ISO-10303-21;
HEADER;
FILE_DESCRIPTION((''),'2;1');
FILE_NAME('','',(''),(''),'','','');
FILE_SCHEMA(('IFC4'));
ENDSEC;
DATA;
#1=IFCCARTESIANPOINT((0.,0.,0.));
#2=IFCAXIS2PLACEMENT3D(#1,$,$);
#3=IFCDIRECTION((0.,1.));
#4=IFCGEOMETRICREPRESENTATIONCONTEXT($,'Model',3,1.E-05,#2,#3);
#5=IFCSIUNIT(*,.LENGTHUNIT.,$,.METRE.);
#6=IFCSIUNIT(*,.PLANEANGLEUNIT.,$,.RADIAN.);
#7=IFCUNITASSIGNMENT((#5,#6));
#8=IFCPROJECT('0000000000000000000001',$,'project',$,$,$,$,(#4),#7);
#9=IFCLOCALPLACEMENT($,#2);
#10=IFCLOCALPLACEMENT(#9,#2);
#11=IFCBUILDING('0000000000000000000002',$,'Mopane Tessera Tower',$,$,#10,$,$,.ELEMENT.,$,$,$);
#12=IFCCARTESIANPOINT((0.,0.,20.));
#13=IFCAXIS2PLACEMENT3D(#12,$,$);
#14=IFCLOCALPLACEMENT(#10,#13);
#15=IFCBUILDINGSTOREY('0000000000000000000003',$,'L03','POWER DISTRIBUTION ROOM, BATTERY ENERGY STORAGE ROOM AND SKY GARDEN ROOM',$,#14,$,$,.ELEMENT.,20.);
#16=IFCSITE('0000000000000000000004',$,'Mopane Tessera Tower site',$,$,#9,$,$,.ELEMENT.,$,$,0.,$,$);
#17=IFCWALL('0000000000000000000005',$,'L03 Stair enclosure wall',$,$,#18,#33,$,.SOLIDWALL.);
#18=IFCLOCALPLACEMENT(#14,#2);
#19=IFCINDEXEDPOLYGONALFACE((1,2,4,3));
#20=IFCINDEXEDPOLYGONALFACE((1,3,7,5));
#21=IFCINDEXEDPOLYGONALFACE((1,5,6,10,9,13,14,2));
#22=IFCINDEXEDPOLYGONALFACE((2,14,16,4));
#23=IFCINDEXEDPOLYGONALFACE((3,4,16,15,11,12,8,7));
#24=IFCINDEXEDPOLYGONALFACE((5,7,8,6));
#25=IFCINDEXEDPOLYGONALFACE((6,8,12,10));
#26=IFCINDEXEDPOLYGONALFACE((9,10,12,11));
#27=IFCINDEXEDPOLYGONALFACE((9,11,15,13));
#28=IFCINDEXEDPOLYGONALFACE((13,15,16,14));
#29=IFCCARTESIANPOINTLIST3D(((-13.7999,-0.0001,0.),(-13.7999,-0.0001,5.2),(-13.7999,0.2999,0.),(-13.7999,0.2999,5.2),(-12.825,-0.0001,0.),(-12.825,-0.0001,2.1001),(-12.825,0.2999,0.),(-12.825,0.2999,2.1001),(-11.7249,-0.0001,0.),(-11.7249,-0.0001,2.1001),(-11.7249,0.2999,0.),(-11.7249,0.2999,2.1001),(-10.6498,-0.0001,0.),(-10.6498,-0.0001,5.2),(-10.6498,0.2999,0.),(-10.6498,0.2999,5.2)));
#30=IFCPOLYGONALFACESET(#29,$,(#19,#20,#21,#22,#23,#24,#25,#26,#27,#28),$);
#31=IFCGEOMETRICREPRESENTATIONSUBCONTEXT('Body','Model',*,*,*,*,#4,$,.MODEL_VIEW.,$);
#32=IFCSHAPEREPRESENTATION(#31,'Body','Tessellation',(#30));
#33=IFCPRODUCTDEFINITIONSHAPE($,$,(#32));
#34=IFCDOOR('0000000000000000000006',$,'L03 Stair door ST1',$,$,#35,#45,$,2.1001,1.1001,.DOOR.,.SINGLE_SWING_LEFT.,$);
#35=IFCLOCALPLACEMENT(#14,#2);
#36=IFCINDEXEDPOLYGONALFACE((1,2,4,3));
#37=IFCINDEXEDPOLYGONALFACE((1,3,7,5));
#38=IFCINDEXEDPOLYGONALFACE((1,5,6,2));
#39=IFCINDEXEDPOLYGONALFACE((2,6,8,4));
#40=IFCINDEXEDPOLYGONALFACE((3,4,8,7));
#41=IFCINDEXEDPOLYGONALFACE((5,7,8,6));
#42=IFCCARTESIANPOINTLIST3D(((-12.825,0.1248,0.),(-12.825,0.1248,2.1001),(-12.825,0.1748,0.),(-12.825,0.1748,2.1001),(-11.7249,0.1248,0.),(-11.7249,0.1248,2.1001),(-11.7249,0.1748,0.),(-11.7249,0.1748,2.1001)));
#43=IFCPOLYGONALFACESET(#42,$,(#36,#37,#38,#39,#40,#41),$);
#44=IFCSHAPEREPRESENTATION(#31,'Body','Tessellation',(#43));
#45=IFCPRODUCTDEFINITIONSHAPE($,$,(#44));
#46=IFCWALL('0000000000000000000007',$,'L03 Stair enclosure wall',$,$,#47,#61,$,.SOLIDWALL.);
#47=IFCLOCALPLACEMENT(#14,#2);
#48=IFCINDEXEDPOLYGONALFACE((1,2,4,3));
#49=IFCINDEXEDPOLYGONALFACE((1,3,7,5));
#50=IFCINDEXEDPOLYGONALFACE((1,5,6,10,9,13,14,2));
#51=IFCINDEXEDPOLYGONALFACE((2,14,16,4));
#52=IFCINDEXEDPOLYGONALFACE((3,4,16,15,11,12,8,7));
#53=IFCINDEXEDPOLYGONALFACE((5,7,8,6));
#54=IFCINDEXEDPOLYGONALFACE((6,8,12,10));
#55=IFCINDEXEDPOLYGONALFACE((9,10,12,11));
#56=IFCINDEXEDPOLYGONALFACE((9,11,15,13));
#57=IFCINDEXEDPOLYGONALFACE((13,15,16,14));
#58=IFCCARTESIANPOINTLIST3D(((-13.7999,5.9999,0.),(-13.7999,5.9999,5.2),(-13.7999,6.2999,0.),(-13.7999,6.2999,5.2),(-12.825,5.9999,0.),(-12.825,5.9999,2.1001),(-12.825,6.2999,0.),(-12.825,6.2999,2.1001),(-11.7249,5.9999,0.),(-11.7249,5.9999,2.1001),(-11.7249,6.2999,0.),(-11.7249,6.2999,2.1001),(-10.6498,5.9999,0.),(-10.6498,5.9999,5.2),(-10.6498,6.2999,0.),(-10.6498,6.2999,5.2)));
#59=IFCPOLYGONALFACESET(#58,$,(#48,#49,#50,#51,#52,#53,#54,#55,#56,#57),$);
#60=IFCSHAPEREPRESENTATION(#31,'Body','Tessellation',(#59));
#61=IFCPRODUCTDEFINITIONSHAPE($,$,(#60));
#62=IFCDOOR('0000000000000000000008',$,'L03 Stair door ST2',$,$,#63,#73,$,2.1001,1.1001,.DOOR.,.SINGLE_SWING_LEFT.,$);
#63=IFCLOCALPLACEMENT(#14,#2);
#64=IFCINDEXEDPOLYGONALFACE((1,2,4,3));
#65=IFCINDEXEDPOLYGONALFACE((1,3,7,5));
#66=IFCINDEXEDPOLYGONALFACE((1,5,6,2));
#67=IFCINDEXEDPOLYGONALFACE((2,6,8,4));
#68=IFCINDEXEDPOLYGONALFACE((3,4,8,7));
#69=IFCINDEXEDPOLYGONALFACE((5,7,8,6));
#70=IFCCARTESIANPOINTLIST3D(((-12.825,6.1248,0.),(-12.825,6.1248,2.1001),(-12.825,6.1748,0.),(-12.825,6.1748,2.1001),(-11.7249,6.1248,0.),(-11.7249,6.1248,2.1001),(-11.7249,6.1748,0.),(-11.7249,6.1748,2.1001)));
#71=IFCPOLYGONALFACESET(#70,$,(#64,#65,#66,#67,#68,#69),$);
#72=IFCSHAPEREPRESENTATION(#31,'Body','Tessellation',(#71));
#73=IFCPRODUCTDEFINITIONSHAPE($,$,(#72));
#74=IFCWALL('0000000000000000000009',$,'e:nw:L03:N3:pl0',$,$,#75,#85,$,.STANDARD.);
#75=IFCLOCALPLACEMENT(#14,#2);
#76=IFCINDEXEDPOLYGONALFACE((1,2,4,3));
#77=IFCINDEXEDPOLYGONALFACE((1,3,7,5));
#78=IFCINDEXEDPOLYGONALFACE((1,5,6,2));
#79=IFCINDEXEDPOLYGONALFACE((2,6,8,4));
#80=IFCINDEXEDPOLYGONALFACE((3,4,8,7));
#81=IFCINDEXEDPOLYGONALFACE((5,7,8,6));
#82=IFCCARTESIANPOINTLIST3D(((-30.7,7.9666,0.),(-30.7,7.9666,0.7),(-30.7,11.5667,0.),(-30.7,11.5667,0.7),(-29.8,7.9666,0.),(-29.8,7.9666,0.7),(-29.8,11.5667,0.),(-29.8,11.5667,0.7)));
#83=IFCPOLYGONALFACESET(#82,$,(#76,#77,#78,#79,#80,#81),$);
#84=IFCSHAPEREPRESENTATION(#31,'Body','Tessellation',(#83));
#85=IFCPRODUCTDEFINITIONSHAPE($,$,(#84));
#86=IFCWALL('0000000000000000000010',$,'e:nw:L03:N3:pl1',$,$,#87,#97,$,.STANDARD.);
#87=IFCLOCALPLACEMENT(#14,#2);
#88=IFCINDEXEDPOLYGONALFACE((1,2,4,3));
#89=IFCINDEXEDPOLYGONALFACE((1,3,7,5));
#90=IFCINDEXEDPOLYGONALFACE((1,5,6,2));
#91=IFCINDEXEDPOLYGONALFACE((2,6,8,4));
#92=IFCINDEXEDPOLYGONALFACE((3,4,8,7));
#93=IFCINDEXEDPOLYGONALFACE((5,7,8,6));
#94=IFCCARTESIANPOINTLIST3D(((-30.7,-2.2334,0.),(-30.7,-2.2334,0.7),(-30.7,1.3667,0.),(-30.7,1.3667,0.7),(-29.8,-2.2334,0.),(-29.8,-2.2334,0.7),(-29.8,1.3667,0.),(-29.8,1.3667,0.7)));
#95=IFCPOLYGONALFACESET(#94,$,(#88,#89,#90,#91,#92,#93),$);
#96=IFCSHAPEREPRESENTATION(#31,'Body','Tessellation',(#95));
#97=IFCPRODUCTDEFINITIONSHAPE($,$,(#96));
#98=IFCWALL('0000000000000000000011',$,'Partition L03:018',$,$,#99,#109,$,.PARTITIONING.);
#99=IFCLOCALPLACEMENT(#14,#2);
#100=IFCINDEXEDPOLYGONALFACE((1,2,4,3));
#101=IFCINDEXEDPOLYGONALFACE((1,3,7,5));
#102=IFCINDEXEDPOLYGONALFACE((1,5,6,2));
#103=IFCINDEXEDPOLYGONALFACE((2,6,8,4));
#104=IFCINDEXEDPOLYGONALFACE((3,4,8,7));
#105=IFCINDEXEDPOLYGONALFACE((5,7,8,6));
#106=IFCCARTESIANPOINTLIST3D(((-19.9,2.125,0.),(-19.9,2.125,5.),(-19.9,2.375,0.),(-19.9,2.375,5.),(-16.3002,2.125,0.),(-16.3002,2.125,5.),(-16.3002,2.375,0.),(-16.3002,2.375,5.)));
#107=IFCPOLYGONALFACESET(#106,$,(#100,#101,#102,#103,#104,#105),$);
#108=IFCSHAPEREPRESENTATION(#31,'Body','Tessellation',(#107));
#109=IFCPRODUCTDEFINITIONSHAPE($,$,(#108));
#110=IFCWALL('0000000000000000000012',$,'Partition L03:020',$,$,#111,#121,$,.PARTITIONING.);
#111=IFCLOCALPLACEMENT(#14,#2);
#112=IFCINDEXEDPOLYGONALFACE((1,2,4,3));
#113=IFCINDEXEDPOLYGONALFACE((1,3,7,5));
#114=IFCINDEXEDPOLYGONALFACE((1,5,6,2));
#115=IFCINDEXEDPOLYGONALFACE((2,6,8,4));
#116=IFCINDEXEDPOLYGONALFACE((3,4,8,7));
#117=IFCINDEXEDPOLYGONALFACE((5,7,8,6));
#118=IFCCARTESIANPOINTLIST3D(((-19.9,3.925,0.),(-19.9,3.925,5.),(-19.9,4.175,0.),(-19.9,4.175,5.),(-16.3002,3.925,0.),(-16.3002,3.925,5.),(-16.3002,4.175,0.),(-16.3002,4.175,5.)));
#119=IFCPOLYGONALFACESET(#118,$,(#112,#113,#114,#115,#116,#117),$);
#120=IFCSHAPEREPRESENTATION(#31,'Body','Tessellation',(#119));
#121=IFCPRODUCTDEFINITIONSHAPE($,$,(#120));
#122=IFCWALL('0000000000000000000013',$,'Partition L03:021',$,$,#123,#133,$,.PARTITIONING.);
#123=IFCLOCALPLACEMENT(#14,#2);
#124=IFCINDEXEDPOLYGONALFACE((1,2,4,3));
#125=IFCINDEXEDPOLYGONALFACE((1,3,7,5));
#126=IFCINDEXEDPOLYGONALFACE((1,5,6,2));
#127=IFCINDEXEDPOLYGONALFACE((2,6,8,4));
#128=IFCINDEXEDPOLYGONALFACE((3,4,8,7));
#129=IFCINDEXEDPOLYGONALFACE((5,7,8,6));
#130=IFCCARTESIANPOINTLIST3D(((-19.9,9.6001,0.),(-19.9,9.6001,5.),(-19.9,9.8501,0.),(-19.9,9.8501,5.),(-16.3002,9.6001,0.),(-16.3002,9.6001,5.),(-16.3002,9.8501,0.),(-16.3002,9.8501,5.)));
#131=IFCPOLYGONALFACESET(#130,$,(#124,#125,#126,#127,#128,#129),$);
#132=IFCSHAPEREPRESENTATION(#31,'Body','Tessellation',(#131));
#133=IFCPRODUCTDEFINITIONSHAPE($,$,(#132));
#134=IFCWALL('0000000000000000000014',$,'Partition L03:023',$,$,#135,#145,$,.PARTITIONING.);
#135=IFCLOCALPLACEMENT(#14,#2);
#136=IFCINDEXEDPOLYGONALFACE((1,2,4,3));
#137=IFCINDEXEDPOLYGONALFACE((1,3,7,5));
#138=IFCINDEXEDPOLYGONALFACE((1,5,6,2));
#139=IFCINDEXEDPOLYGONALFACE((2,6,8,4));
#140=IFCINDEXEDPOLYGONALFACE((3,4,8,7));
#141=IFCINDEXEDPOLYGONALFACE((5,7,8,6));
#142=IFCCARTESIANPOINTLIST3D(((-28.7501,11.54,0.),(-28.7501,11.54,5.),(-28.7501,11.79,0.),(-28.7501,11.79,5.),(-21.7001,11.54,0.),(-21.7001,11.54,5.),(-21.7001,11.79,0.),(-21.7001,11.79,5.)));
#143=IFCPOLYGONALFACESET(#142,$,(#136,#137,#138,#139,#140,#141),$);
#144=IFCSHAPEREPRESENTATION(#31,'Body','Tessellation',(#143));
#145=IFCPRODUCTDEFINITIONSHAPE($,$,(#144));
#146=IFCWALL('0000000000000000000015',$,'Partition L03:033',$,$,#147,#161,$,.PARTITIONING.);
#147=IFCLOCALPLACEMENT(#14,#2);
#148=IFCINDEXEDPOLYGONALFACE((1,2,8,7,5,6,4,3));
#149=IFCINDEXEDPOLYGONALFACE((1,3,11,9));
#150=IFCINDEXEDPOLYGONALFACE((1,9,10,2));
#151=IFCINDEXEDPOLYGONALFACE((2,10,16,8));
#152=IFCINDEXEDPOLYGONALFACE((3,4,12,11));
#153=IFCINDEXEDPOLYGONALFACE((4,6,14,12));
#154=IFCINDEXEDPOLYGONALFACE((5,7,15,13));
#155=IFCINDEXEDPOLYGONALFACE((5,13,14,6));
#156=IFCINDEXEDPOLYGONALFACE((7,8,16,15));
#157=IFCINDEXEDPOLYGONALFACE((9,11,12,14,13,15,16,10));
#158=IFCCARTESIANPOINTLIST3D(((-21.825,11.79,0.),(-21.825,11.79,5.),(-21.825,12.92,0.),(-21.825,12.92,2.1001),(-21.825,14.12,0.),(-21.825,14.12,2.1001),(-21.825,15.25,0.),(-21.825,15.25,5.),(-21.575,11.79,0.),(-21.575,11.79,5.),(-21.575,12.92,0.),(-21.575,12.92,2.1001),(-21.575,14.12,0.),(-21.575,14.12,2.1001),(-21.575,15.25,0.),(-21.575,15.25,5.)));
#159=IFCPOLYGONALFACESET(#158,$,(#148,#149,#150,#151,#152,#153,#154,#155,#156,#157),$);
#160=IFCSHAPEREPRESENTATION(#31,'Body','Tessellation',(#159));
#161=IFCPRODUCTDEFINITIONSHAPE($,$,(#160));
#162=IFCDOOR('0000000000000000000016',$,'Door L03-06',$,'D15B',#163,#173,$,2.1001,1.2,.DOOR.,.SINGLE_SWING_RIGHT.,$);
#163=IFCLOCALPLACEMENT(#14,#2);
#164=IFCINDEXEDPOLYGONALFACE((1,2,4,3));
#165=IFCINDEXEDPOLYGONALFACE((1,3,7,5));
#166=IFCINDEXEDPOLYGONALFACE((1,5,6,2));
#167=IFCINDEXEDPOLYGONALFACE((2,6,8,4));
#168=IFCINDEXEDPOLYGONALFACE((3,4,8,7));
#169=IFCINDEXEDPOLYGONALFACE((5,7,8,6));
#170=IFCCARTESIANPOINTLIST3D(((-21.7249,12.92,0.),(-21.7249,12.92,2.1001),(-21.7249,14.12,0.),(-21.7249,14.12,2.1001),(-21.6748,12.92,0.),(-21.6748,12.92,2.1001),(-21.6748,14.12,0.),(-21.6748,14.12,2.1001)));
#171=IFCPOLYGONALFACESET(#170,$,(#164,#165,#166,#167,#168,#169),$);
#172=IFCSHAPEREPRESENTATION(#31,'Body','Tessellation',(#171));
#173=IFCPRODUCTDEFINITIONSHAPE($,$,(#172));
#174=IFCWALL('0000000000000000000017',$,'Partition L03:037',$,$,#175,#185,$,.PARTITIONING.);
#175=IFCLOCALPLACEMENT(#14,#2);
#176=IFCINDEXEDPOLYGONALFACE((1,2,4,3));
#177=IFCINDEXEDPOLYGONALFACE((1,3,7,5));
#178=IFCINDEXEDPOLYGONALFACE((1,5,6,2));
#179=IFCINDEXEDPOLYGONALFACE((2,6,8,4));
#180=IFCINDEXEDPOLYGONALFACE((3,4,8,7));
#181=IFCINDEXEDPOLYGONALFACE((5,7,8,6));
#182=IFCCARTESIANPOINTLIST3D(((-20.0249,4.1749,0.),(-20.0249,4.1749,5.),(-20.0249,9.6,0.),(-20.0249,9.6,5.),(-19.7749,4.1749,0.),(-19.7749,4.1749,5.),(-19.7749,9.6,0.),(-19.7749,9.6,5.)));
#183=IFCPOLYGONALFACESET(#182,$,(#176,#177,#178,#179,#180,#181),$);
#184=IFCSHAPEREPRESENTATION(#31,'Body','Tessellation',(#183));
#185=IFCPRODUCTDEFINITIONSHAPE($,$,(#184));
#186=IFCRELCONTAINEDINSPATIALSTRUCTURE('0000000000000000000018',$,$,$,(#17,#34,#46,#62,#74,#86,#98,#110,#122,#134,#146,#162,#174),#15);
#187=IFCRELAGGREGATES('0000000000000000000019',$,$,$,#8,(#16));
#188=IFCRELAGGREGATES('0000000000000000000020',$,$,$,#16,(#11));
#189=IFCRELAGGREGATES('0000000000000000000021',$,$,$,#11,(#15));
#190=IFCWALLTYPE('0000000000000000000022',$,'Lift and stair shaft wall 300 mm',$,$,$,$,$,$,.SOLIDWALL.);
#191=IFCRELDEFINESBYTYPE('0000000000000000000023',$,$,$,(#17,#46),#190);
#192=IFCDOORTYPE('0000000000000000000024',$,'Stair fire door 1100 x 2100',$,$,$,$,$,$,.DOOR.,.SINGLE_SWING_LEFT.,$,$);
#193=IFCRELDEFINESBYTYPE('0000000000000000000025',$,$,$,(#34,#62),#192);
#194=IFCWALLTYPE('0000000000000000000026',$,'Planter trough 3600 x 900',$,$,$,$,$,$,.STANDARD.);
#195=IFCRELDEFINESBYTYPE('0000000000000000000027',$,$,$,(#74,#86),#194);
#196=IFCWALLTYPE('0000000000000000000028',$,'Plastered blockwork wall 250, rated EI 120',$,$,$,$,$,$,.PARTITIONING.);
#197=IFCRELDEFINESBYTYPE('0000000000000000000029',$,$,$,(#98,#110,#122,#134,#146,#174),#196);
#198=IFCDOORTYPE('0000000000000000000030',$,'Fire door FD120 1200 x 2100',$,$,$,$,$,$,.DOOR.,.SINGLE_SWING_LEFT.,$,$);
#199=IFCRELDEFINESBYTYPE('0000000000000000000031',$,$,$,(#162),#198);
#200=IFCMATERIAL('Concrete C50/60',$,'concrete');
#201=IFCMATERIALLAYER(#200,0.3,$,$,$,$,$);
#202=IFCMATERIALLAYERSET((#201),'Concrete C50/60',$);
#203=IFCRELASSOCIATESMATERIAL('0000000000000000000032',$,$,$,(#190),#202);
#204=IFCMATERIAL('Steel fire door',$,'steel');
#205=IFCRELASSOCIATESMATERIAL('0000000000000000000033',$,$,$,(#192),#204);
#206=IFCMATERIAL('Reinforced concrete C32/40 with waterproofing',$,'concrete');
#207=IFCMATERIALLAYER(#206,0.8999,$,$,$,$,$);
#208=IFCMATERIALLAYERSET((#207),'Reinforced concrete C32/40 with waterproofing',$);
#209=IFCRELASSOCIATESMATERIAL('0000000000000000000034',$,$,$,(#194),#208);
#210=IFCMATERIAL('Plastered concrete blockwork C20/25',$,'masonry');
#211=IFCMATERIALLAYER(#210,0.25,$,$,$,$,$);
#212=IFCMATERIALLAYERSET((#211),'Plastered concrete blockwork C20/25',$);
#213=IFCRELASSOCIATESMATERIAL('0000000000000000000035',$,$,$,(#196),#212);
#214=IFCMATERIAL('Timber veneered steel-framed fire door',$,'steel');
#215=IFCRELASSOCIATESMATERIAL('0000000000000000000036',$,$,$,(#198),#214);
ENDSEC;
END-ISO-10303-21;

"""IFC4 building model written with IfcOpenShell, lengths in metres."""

from ifc_helpers import new_model, si_unit, direction, frame, frame_2d, origin, place, context, subcontext, project, spatial, rectangle, extrude, material, layer, layer_set, type_object, element, fill, save


model = new_model("IFC4")

# Units and contexts
model_context = context("Model", 3, precision=1e-05, world=origin(), true_north=direction((0.0, 1.0)))
body_context = subcontext(model_context, "Body", "Model", "MODEL_VIEW")
ifc_project = project(units=[si_unit("LENGTHUNIT", "METRE"), si_unit("PLANEANGLEUNIT", "RADIAN")], contexts=[model_context])

# Site, building, storey
site_placement = place(None, origin())
site = spatial("IfcSite", under=ifc_project, at=site_placement, Name="Mopane Tessera Tower site", CompositionType="ELEMENT", RefElevation=0.0)
building_placement = place(site_placement, origin())
building = spatial("IfcBuilding", under=site, at=building_placement, Name="Mopane Tessera Tower", CompositionType="ELEMENT")
storey_placement = place(building_placement, frame((0.0, 0.0, 20.0)))
storey = spatial("IfcBuildingStorey", under=building, at=storey_placement, Name="L03", Description="POWER DISTRIBUTION ROOM, BATTERY ENERGY STORAGE ROOM AND SKY GARDEN ROOM", CompositionType="ELEMENT", Elevation=20.0)

# Walls, openings, doors
ifc_material_1 = material(Name="Concrete C50/60", Category="concrete")
ifc_layer_1 = layer(ifc_material_1, 0.3)
ifc_layer_set_1 = layer_set([ifc_layer_1], Name="Concrete C50/60")
wall_type_1 = type_object("IfcWallType", Name="Lift and stair shaft wall 300 mm", PredefinedType="SOLIDWALL", material=ifc_layer_set_1)
wall_1_placement = place(storey_placement, frame((-13.8, 0.1499, 0.0), z_axis=(0.0, 0.0, 1.0), x_axis=(1.0, 0.0, 0.0)))
wall_1 = element("IfcWall", 1, at=wall_1_placement, inside=storey, type_object=wall_type_1, Name="L03 Stair enclosure wall", PredefinedType="SOLIDWALL", context=body_context, shape_type="SweptSolid", body=[
    extrude(rectangle(XDim=3.1501, YDim=0.3, at=frame_2d((1.5752, 0.0))), origin(), (0.0, 0.0, 1.0), 5.2),
])
opening_1_placement = place(wall_1_placement, frame((0.9751, 0.0, 0.0)))
opening_1 = element("IfcOpeningElement", 2, at=opening_1_placement, cuts=wall_1, PredefinedType="OPENING", context=body_context, shape_type="SweptSolid", body=[
    extrude(rectangle(XDim=1.1001, YDim=2.1001, at=frame_2d((0.55, 1.05))), frame((0.0, 0.1621, 0.0), z_axis=(0.0, -1.0, 0.0), x_axis=(1.0, 0.0, 0.0)), (0.0, 0.0, 1.0), 0.324),
])
ifc_material_2 = material(Name="Steel fire door", Category="steel")
door_type_1 = type_object("IfcDoorType", Name="Stair fire door 1100 x 2100", OperationType="SINGLE_SWING_LEFT", PredefinedType="DOOR", material=ifc_material_2)
door_1_placement = place(opening_1_placement, origin())
door_1 = element("IfcDoor", 3, at=door_1_placement, inside=storey, type_object=door_type_1, Name="L03 Stair door ST1", OperationType="SINGLE_SWING_LEFT", OverallHeight=2.1001, OverallWidth=1.1001, PredefinedType="DOOR", context=body_context, shape_type="SweptSolid", body=[
    extrude(rectangle(XDim=1.1001, YDim=2.1001, at=frame_2d((0.55, 1.05))), frame((0.0, 0.0249, 0.0), z_axis=(0.0, -1.0, 0.0), x_axis=(1.0, 0.0, 0.0)), (0.0, 0.0, 1.0), 0.05),
])
fill(opening_1, door_1)
wall_2_placement = place(storey_placement, frame((-13.8, 6.1499, 0.0), z_axis=(0.0, 0.0, 1.0), x_axis=(1.0, 0.0, 0.0)))
wall_2 = element("IfcWall", 4, at=wall_2_placement, inside=storey, type_object=wall_type_1, Name="L03 Stair enclosure wall", PredefinedType="SOLIDWALL", context=body_context, shape_type="SweptSolid", body=[
    extrude(rectangle(XDim=3.1501, YDim=0.3, at=frame_2d((1.5752, 0.0))), origin(), (0.0, 0.0, 1.0), 5.2),
])
opening_2_placement = place(wall_2_placement, frame((0.9751, 0.0, 0.0)))
opening_2 = element("IfcOpeningElement", 5, at=opening_2_placement, cuts=wall_2, PredefinedType="OPENING", context=body_context, shape_type="SweptSolid", body=[
    extrude(rectangle(XDim=1.1001, YDim=2.1001, at=frame_2d((0.55, 1.05))), frame((0.0, 0.1621, 0.0), z_axis=(0.0, -1.0, 0.0), x_axis=(1.0, 0.0, 0.0)), (0.0, 0.0, 1.0), 0.324),
])
door_2_placement = place(opening_2_placement, origin())
door_2 = element("IfcDoor", 6, at=door_2_placement, inside=storey, type_object=door_type_1, Name="L03 Stair door ST2", OperationType="SINGLE_SWING_LEFT", OverallHeight=2.1001, OverallWidth=1.1001, PredefinedType="DOOR", context=body_context, shape_type="SweptSolid", body=[
    extrude(rectangle(XDim=1.1001, YDim=2.1001, at=frame_2d((0.55, 1.05))), frame((0.0, 0.0249, 0.0), z_axis=(0.0, -1.0, 0.0), x_axis=(1.0, 0.0, 0.0)), (0.0, 0.0, 1.0), 0.05),
])
fill(opening_2, door_2)

# Walls
ifc_material_3 = material(Name="Reinforced concrete C32/40 with waterproofing", Category="concrete")
ifc_layer_2 = layer(ifc_material_3, 0.8999)
ifc_layer_set_2 = layer_set([ifc_layer_2], Name="Reinforced concrete C32/40 with waterproofing")
wall_type_2 = type_object("IfcWallType", Name="Planter trough 3600 x 900", PredefinedType="STANDARD", material=ifc_layer_set_2)
for number, where, z_axis, x_axis, name in (
    (7, (-30.25, 11.5667, 0.0), (0.0, 0.0, 1.0), (0.0, -1.0, 0.0), "e:nw:L03:N3:pl0"),
    (8, (-30.25, 1.3667, 0.0), (0.0, 0.0, 1.0), (0.0, -1.0, 0.0), "e:nw:L03:N3:pl1"),
):
    element("IfcWall", number, at=place(storey_placement, frame(where, z_axis=z_axis, x_axis=x_axis)), inside=storey, type_object=wall_type_2, Name=name, PredefinedType="STANDARD", context=body_context, shape_type="SweptSolid", body=[
        extrude(rectangle(XDim=3.6001, YDim=0.8999, at=frame_2d((1.8, 0.0))), origin(), (0.0, 0.0, 1.0), 0.7),
    ])
ifc_material_4 = material(Name="Plastered concrete blockwork C20/25", Category="masonry")
ifc_layer_3 = layer(ifc_material_4, 0.25)
ifc_layer_set_3 = layer_set([ifc_layer_3], Name="Plastered concrete blockwork C20/25")
wall_type_3 = type_object("IfcWallType", Name="Plastered blockwork wall 250, rated EI 120", PredefinedType="PARTITIONING", material=ifc_layer_set_3)
for number, where, z_axis, x_axis, name in (
    (9, (-19.8999, 2.25, 0.0), (0.0, 0.0, 1.0), (1.0, 0.0, 0.0), "Partition L03:018"),
    (10, (-19.8999, 4.05, 0.0), (0.0, 0.0, 1.0), (1.0, 0.0, 0.0), "Partition L03:020"),
    (11, (-19.8999, 9.7251, 0.0), (0.0, 0.0, 1.0), (1.0, 0.0, 0.0), "Partition L03:021"),
):
    element("IfcWall", number, at=place(storey_placement, frame(where, z_axis=z_axis, x_axis=x_axis)), inside=storey, type_object=wall_type_3, Name=name, PredefinedType="PARTITIONING", context=body_context, shape_type="SweptSolid", body=[
        extrude(rectangle(XDim=3.5999, YDim=0.25, at=frame_2d((1.7998, 0.0))), origin(), (0.0, 0.0, 1.0), 5.0),
    ])
wall_3_placement = place(storey_placement, frame((-28.75, 11.665, 0.0), z_axis=(0.0, 0.0, 1.0), x_axis=(1.0, 0.0, 0.0)))
element("IfcWall", 12, at=wall_3_placement, inside=storey, type_object=wall_type_3, Name="Partition L03:023", PredefinedType="PARTITIONING", context=body_context, shape_type="SweptSolid", body=[
    extrude(rectangle(XDim=7.05, YDim=0.25, at=frame_2d((3.5249, 0.0))), origin(), (0.0, 0.0, 1.0), 5.0),
])

# Wall, opening, door
wall_4_placement = place(storey_placement, frame((-21.7, 11.79, 0.0), z_axis=(0.0, 0.0, 1.0), x_axis=(0.0, 1.0, 0.0)))
wall_4 = element("IfcWall", 13, at=wall_4_placement, inside=storey, type_object=wall_type_3, Name="Partition L03:033", PredefinedType="PARTITIONING", context=body_context, shape_type="SweptSolid", body=[
    extrude(rectangle(XDim=3.46, YDim=0.25, at=frame_2d((1.73, 0.0))), origin(), (0.0, 0.0, 1.0), 5.0),
])
opening_3_placement = place(wall_4_placement, frame((1.1299, 0.0, 0.0)))
opening_3 = element("IfcOpeningElement", 14, at=opening_3_placement, cuts=wall_4, PredefinedType="OPENING", context=body_context, shape_type="SweptSolid", body=[
    extrude(rectangle(XDim=1.2, YDim=2.1001, at=frame_2d((0.6001, 1.05))), frame((0.0, 0.137, 0.0), z_axis=(0.0, -1.0, 0.0), x_axis=(1.0, 0.0, 0.0)), (0.0, 0.0, 1.0), 0.2739),
])
ifc_material_5 = material(Name="Timber veneered steel-framed fire door", Category="steel")
door_type_2 = type_object("IfcDoorType", Name="Fire door FD120 1200 x 2100", OperationType="SINGLE_SWING_LEFT", PredefinedType="DOOR", material=ifc_material_5)
door_3_placement = place(opening_3_placement, origin())
door_3 = element("IfcDoor", 15, at=door_3_placement, inside=storey, type_object=door_type_2, Name="Door L03-06", ObjectType="D15B", OperationType="SINGLE_SWING_RIGHT", OverallHeight=2.1001, OverallWidth=1.2, PredefinedType="DOOR", context=body_context, shape_type="SweptSolid", body=[
    extrude(rectangle(XDim=1.2, YDim=2.1001, at=frame_2d((0.6001, 1.05))), frame((0.0, 0.0249, 0.0), z_axis=(0.0, -1.0, 0.0), x_axis=(1.0, 0.0, 0.0)), (0.0, 0.0, 1.0), 0.05),
])
fill(opening_3, door_3)

# Wall
wall_5_placement = place(storey_placement, frame((-19.8999, 4.175, 0.0), z_axis=(0.0, 0.0, 1.0), x_axis=(0.0, 1.0, 0.0)))
element("IfcWall", 16, at=wall_5_placement, inside=storey, type_object=wall_type_3, Name="Partition L03:037", PredefinedType="PARTITIONING", context=body_context, shape_type="SweptSolid", body=[
    extrude(rectangle(XDim=5.425, YDim=0.25, at=frame_2d((2.7124, 0.0))), origin(), (0.0, 0.0, 1.0), 5.0),
])

save(model, "model.ifc")
